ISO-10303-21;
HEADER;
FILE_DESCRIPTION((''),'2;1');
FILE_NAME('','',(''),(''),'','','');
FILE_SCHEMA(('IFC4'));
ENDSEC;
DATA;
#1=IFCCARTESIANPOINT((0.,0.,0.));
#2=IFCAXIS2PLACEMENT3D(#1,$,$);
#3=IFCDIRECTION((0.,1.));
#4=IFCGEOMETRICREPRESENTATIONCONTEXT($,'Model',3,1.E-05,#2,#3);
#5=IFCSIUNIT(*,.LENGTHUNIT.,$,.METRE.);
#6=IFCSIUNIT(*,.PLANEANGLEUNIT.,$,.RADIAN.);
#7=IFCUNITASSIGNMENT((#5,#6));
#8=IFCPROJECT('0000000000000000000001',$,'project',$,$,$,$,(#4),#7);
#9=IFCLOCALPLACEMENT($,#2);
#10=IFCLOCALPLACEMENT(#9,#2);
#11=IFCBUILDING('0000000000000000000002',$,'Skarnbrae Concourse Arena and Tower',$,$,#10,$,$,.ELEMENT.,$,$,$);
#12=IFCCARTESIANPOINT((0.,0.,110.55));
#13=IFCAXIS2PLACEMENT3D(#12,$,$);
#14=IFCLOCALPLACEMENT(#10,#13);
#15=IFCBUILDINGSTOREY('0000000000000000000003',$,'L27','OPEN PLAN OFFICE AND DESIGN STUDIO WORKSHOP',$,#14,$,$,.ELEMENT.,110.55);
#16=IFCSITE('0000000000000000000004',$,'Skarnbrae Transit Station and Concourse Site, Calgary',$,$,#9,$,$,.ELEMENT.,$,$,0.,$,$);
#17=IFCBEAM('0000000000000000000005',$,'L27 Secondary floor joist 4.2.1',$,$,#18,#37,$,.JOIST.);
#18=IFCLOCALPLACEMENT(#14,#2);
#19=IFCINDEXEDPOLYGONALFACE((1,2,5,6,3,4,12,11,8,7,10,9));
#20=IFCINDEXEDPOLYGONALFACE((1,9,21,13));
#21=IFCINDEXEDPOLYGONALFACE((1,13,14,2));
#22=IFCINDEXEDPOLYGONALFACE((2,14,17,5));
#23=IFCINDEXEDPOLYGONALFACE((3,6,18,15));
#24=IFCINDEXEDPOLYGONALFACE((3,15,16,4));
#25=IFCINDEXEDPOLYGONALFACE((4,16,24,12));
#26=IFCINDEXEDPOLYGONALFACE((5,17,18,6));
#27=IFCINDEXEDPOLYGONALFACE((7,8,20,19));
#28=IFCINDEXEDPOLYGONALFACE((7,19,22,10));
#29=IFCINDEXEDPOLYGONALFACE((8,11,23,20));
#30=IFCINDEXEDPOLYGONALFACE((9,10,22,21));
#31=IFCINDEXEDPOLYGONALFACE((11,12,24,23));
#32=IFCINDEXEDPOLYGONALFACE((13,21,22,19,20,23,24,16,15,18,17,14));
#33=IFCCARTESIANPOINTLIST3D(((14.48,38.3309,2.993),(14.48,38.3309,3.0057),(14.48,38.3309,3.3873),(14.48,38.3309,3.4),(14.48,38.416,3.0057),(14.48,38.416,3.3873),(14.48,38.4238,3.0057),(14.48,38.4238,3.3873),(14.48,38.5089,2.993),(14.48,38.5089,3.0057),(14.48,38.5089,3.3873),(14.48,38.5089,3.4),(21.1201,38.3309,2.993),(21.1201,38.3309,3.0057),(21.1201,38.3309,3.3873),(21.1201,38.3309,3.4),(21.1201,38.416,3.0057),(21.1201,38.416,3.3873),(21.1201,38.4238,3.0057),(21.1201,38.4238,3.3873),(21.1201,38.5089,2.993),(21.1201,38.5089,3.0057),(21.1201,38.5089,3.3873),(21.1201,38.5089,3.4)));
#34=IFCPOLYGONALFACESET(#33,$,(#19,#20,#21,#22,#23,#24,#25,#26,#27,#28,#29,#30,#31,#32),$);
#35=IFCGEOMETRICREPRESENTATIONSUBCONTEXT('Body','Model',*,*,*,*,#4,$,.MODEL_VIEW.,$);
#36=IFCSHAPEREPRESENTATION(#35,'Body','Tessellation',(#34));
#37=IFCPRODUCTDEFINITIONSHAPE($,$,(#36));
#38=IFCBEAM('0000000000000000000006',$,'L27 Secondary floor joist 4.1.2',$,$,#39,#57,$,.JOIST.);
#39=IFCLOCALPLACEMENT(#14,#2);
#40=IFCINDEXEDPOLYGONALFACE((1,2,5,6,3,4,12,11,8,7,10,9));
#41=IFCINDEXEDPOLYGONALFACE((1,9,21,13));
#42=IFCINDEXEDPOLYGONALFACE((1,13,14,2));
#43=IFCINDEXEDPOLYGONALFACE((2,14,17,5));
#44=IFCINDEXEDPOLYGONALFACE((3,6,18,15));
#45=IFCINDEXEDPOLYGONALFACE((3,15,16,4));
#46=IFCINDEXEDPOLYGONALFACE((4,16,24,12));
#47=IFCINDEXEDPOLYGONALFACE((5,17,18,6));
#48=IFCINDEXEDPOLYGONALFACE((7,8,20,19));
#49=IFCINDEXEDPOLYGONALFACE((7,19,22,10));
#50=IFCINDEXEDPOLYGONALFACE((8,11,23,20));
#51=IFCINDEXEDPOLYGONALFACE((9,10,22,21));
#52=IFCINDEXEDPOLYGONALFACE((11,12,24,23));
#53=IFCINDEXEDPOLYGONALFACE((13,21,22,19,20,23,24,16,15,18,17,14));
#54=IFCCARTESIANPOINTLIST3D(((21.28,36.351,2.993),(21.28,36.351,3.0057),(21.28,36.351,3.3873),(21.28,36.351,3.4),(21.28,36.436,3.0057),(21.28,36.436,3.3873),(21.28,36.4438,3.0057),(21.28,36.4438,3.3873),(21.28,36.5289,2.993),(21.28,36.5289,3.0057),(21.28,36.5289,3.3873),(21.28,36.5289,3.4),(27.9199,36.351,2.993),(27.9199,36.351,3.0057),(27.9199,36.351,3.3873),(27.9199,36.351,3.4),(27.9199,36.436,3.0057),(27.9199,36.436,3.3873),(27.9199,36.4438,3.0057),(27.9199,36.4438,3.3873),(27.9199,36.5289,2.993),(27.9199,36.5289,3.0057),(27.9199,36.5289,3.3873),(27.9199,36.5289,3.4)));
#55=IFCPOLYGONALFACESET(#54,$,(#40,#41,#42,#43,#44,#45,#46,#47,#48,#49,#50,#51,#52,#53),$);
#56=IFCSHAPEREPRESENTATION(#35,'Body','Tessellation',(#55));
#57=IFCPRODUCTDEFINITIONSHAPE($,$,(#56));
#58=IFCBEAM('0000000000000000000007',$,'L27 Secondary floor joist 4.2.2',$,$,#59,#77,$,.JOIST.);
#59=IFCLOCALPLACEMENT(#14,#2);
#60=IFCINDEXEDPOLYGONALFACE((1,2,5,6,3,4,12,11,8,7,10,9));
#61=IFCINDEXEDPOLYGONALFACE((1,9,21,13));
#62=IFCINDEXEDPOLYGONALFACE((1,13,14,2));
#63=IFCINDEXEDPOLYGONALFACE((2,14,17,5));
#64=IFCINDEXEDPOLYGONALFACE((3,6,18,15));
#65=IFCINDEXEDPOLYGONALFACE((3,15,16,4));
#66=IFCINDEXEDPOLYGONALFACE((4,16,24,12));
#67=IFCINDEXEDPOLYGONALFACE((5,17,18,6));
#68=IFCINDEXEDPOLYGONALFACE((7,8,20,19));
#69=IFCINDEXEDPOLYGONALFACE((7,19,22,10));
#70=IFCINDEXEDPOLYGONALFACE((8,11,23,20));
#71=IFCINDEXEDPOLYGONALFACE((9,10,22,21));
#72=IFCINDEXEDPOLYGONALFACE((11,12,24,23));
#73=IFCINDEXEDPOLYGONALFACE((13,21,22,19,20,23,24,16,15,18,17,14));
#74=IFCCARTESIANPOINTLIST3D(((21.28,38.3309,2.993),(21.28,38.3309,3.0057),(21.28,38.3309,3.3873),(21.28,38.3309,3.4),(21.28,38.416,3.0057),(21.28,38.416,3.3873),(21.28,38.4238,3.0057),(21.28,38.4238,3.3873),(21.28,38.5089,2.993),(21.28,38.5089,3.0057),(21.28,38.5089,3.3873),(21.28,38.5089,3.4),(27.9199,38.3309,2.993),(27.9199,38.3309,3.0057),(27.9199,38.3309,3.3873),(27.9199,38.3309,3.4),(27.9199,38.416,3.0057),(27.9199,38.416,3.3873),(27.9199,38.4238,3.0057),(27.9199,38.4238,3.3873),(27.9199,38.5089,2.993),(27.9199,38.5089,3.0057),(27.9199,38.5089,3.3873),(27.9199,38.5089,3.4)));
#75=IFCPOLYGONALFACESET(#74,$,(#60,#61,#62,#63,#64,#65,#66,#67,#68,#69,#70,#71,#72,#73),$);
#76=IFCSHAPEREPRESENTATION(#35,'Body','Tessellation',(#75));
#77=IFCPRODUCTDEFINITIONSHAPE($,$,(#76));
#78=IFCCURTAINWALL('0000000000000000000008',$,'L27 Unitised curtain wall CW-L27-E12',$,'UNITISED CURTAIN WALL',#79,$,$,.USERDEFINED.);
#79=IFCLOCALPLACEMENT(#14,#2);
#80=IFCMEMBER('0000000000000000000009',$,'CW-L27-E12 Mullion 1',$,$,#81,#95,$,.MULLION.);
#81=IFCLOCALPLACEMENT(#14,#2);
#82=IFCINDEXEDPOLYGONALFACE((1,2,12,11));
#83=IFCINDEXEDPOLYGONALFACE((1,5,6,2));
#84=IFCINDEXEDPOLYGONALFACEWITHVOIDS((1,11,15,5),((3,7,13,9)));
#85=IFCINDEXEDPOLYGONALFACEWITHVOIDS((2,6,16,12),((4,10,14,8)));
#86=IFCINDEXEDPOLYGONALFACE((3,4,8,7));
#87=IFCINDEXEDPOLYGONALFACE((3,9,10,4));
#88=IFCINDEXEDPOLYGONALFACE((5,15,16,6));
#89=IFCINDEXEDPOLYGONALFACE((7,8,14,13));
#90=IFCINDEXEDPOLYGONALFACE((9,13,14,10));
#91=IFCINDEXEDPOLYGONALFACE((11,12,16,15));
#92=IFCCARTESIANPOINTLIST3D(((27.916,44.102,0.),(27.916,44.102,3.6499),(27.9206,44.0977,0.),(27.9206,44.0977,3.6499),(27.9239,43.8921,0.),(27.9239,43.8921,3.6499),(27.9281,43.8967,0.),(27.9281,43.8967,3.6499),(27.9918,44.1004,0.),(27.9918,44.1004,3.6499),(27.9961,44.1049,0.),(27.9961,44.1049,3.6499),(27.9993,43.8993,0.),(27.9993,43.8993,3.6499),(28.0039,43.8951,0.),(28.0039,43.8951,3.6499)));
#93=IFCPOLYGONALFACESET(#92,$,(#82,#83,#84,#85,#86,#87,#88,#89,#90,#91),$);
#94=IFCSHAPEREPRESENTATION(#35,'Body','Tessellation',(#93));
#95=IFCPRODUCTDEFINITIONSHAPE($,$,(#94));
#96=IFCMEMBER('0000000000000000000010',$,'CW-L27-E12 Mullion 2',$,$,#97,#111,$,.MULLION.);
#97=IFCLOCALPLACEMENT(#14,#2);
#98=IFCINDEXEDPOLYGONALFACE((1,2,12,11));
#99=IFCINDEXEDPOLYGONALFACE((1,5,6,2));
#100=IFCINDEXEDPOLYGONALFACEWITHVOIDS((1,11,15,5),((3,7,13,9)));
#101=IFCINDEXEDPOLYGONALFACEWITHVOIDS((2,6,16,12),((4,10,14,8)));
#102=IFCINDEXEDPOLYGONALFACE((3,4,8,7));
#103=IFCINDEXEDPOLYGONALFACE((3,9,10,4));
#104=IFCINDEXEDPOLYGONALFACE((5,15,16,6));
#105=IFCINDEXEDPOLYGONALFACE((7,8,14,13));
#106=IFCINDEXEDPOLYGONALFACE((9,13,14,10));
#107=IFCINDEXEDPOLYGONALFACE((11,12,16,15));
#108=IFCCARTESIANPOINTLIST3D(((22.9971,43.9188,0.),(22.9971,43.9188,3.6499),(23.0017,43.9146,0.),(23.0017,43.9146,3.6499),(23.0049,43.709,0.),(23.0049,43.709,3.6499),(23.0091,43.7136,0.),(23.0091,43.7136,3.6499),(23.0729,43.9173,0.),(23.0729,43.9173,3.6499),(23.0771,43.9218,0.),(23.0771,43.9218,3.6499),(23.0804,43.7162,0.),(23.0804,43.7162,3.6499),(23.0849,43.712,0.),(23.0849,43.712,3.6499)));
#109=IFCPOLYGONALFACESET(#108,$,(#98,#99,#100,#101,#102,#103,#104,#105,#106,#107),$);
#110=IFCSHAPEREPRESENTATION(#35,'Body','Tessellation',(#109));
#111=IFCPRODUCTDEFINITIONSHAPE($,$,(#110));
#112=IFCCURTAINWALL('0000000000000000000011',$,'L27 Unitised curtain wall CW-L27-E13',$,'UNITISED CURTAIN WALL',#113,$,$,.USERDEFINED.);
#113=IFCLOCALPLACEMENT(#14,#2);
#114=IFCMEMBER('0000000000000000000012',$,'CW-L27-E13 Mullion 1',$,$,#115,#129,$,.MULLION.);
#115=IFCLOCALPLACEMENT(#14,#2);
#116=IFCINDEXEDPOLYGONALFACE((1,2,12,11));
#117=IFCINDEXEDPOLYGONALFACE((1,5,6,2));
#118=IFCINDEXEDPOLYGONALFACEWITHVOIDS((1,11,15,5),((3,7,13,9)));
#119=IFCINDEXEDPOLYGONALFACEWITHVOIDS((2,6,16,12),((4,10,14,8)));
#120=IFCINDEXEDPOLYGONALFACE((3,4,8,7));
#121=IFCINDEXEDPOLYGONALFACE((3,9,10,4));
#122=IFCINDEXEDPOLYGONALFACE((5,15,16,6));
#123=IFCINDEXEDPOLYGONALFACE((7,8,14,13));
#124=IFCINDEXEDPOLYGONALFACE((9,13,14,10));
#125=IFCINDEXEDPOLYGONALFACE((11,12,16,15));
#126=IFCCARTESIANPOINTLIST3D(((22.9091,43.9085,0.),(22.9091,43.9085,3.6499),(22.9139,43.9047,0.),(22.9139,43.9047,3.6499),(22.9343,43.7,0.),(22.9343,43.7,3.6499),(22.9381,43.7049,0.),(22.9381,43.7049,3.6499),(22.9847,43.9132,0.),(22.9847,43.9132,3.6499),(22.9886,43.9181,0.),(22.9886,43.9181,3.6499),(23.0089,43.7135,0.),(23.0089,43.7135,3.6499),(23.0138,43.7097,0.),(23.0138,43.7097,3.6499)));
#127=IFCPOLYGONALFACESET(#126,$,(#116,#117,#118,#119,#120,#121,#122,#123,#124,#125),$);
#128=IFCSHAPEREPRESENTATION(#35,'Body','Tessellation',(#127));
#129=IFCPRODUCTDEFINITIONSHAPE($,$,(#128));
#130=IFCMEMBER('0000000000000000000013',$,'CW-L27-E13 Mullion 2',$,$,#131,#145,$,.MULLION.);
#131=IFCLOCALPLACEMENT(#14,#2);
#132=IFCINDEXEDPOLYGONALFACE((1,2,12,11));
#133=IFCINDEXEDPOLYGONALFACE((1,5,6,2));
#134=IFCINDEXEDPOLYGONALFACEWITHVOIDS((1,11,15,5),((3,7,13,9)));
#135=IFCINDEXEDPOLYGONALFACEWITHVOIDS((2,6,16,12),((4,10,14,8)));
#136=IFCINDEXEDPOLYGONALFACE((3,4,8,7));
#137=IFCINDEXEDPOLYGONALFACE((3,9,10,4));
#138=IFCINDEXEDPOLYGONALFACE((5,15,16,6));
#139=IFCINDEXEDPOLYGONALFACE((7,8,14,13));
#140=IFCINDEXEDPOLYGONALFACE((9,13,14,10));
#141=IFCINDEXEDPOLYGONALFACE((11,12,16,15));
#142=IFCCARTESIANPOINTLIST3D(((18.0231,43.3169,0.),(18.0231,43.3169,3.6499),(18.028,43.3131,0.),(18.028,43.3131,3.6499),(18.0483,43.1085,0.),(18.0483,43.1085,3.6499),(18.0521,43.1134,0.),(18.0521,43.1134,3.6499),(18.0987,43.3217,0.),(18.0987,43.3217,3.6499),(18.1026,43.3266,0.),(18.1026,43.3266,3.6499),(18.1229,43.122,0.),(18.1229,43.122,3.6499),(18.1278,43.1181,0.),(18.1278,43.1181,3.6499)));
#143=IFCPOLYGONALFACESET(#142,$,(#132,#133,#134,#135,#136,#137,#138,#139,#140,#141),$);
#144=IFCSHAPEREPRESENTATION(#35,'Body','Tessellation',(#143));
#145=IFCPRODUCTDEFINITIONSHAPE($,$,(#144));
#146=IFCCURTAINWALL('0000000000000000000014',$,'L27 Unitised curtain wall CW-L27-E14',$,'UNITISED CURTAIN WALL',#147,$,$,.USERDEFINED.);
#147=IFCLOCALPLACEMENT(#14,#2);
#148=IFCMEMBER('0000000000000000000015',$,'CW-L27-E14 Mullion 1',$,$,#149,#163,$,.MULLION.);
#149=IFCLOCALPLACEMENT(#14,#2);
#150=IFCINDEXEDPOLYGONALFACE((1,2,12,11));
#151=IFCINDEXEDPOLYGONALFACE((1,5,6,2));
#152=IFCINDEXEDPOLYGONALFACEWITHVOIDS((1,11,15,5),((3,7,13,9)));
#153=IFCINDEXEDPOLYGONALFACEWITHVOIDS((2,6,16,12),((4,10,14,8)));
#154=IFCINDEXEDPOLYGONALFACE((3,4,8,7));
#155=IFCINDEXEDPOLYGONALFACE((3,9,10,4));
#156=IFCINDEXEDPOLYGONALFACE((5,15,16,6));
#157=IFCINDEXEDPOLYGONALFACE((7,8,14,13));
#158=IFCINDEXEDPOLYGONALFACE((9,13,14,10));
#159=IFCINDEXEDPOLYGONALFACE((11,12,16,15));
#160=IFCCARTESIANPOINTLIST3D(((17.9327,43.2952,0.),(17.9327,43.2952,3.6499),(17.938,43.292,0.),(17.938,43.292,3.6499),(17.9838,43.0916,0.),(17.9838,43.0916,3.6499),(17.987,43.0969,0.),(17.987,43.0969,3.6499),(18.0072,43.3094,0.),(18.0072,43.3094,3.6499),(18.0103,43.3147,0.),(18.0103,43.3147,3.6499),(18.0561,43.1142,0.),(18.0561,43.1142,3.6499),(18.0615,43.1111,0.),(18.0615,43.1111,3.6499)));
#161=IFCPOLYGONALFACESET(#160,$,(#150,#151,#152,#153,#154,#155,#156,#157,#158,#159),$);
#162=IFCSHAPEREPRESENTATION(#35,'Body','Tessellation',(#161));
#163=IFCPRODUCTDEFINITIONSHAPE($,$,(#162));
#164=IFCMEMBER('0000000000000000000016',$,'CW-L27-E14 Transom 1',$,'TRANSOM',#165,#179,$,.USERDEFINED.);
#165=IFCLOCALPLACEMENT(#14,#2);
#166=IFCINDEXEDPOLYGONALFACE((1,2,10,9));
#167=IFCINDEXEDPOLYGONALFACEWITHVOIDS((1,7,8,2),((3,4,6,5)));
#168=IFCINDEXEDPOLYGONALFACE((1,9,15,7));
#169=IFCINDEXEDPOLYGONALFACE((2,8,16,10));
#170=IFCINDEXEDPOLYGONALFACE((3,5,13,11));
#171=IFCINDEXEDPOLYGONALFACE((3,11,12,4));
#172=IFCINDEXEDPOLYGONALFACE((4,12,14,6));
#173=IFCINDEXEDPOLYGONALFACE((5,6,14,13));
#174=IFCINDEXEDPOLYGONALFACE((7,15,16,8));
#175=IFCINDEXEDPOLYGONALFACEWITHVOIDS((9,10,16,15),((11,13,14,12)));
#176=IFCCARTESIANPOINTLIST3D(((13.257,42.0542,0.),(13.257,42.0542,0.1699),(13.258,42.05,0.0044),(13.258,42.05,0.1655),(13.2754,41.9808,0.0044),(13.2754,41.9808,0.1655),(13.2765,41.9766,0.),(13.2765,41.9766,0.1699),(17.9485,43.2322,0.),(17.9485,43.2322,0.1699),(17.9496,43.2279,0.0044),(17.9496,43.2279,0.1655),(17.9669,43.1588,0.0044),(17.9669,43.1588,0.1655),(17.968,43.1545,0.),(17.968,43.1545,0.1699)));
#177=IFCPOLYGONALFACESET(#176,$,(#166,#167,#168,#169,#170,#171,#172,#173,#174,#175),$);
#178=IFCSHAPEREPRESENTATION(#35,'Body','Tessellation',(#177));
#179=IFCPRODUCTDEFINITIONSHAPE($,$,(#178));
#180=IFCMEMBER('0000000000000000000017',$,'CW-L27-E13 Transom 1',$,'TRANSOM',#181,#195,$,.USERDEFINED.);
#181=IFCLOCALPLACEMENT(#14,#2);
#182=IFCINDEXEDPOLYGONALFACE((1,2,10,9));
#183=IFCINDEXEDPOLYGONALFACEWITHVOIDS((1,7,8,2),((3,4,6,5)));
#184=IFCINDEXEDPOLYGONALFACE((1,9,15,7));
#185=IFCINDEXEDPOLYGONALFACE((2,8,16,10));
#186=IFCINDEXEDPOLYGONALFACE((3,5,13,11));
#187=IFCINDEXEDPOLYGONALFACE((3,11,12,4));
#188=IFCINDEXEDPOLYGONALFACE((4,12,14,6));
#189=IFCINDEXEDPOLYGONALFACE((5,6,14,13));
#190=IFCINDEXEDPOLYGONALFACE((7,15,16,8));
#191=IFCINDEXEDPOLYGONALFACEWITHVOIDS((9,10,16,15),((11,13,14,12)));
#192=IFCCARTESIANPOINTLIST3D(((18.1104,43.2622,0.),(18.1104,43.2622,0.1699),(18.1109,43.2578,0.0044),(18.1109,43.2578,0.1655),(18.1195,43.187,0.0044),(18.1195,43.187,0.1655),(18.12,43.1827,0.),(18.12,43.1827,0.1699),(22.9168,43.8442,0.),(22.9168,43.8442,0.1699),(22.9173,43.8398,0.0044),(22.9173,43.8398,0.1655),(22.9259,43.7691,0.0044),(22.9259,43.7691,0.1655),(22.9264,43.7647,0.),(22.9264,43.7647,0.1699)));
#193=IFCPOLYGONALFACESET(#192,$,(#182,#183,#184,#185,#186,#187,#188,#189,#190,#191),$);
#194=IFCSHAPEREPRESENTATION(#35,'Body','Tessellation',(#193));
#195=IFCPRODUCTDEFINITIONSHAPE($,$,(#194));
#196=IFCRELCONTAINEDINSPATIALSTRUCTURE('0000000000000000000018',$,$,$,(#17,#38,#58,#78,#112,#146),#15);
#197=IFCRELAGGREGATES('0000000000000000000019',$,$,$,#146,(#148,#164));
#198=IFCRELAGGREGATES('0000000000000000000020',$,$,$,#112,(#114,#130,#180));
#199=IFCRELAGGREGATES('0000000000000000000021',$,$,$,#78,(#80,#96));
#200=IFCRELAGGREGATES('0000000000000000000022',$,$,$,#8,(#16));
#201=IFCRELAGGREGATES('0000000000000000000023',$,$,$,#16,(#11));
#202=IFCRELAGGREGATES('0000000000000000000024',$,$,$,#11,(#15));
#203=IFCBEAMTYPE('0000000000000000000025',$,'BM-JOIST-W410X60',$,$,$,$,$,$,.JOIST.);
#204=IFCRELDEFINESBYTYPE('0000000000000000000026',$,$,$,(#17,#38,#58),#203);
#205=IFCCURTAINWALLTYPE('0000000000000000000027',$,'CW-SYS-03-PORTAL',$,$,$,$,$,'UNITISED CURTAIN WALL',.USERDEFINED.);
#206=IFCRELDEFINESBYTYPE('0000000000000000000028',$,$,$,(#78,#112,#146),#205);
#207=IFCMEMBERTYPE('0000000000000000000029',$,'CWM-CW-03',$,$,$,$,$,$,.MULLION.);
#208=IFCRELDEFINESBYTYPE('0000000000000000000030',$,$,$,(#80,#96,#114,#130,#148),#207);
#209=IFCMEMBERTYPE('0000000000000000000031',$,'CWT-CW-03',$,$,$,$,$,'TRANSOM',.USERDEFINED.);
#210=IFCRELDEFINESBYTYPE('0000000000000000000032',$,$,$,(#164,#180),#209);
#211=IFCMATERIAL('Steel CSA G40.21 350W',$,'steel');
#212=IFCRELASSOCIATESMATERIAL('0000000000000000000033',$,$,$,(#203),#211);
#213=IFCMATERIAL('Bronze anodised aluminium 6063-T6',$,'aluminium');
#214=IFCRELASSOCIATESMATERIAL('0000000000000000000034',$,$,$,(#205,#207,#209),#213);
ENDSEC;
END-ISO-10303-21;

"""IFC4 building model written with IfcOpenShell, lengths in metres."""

from ifc_helpers import new_model, si_unit, direction, frame, origin, origin_2d, place, context, subcontext, project, spatial, hollow_rectangle, i_section, extrude, source, transform, mapped, material, material_profile, profile_set, type_object, element, aggregate, save


model = new_model("IFC4")

# Units and contexts
model_context = context("Model", 3, precision=1e-05, world=origin(), true_north=direction((0.0, 1.0)))
body_context = subcontext(model_context, "Body", "Model", "MODEL_VIEW")
ifc_project = project(units=[si_unit("LENGTHUNIT", "METRE"), si_unit("PLANEANGLEUNIT", "RADIAN")], contexts=[model_context])

# Site, building, storey
site_placement = place(None, origin())
site = spatial("IfcSite", under=ifc_project, at=site_placement, Name="Skarnbrae Transit Station and Concourse Site, Calgary", CompositionType="ELEMENT", RefElevation=0.0)
building_placement = place(site_placement, origin())
building = spatial("IfcBuilding", under=site, at=building_placement, Name="Skarnbrae Concourse Arena and Tower", CompositionType="ELEMENT")
storey_placement = place(building_placement, frame((0.0, 0.0, 110.55)))
storey = spatial("IfcBuildingStorey", under=building, at=storey_placement, Name="L27", Description="OPEN PLAN OFFICE AND DESIGN STUDIO WORKSHOP", CompositionType="ELEMENT", Elevation=110.55)

# Shared definitions
ifc_material_1 = material(Name="Steel CSA G40.21 350W", Category="steel")

# Beams
ifc_material_profile_1 = material_profile(ifc_material_1, i_section(OverallWidth=0.178, OverallDepth=0.407, WebThickness=0.0078, FlangeThickness=0.0127, at=origin_2d()), Name="W410X60")
ifc_profile_set_1 = profile_set([ifc_material_profile_1], Name="Steel CSA G40.21 350W")
beam_type_1 = type_object("IfcBeamType", Name="BM-JOIST-W410X60", PredefinedType="JOIST", material=ifc_profile_set_1)
shared_shape_1 = source(origin(), body_context, "Body", "SweptSolid", [
    extrude(i_section(OverallWidth=0.178, OverallDepth=0.407, WebThickness=0.0078, FlangeThickness=0.0127, at=origin_2d()), origin(), (0.0, 0.0, 1.0), 6.6401),
])
for number, where, z_axis, x_axis, name in (
    (1, (14.48, 38.4199, 3.1965), (1.0, 0.0, 0.0), (0.0, 1.0, 0.0), "L27 Secondary floor joist 4.2.1"),
):
    element("IfcBeam", number, at=place(storey_placement, frame(where, z_axis=z_axis, x_axis=x_axis)), inside=storey, type_object=beam_type_1, Name=name, PredefinedType="JOIST", context=body_context, shape_type="MappedRepresentation", body=[
        mapped(shared_shape_1, transform((0.0, 0.0, 0.0))),
    ])
shared_shape_2 = source(origin(), body_context, "Body", "SweptSolid", [
    extrude(i_section(OverallWidth=0.178, OverallDepth=0.407, WebThickness=0.0078, FlangeThickness=0.0127, at=origin_2d()), origin(), (0.0, 0.0, 1.0), 6.6399),
])
for number, where, z_axis, x_axis, name in (
    (2, (21.28, 36.4399, 3.1965), (1.0, 0.0, 0.0), (0.0, 1.0, 0.0), "L27 Secondary floor joist 4.1.2"),
    (3, (21.28, 38.4199, 3.1965), (1.0, 0.0, 0.0), (0.0, 1.0, 0.0), "L27 Secondary floor joist 4.2.2"),
):
    element("IfcBeam", number, at=place(storey_placement, frame(where, z_axis=z_axis, x_axis=x_axis)), inside=storey, type_object=beam_type_1, Name=name, PredefinedType="JOIST", context=body_context, shape_type="MappedRepresentation", body=[
        mapped(shared_shape_2, transform((0.0, 0.0, 0.0))),
    ])

# Curtain walls, members
ifc_material_2 = material(Name="Bronze anodised aluminium 6063-T6", Category="aluminium")
curtain_wall_type = type_object("IfcCurtainWallType", Name="CW-SYS-03-PORTAL", ElementType="UNITISED CURTAIN WALL", PredefinedType="USERDEFINED", material=ifc_material_2)
curtain_wall_1_placement = place(storey_placement, origin())
curtain_wall_1 = element("IfcCurtainWall", 4, at=curtain_wall_1_placement, inside=storey, type_object=curtain_wall_type, Name="L27 Unitised curtain wall CW-L27-E12", ObjectType="UNITISED CURTAIN WALL", PredefinedType="USERDEFINED")
ifc_material_profile_2 = material_profile(ifc_material_2, hollow_rectangle(XDim=0.0801, YDim=0.21, WallThickness=0.0044, at=origin_2d()), Name="ALU-MULL-80X210")
ifc_profile_set_2 = profile_set([ifc_material_profile_2], Name="Bronze anodised aluminium 6063-T6")
member_type_1 = type_object("IfcMemberType", Name="CWM-CW-03", PredefinedType="MULLION", material=ifc_profile_set_2)
shared_shape_3 = source(origin(), body_context, "Body", "SweptSolid", [
    extrude(hollow_rectangle(XDim=0.0801, YDim=0.21, WallThickness=0.0044, at=origin_2d()), origin(), (0.0, 0.0, 1.0), 3.6499),
])
member_1_placement = place(storey_placement, frame((27.96, 43.9985, 0.0), z_axis=(0.0, 0.0, 1.0), x_axis=(-0.999308, -0.037183, 0.0)))
member_1 = element("IfcMember", 5, at=member_1_placement, type_object=member_type_1, Name="CW-L27-E12 Mullion 1", PredefinedType="MULLION", context=body_context, shape_type="MappedRepresentation", body=[
    mapped(shared_shape_3, transform((0.0, 0.0, 0.0))),
])
member_2_placement = place(storey_placement, frame((23.041, 43.8154, 0.0), z_axis=(0.0, 0.0, 1.0), x_axis=(-0.999308, -0.037183, 0.0)))
member_2 = element("IfcMember", 6, at=member_2_placement, type_object=member_type_1, Name="CW-L27-E12 Mullion 2", PredefinedType="MULLION", context=body_context, shape_type="MappedRepresentation", body=[
    mapped(shared_shape_3, transform((0.0, 0.0, 0.0))),
])
curtain_wall_2_placement = place(storey_placement, origin())
curtain_wall_2 = element("IfcCurtainWall", 7, at=curtain_wall_2_placement, inside=storey, type_object=curtain_wall_type, Name="L27 Unitised curtain wall CW-L27-E13", ObjectType="UNITISED CURTAIN WALL", PredefinedType="USERDEFINED")
member_3_placement = place(storey_placement, frame((22.9614, 43.8091, 0.0), z_axis=(0.0, 0.0, 1.0), x_axis=(-0.992749, -0.120203, 0.0)))
member_3 = element("IfcMember", 8, at=member_3_placement, type_object=member_type_1, Name="CW-L27-E13 Mullion 1", PredefinedType="MULLION", context=body_context, shape_type="MappedRepresentation", body=[
    mapped(shared_shape_3, transform((0.0, 0.0, 0.0))),
])
member_4_placement = place(storey_placement, frame((18.0754, 43.2175, 0.0), z_axis=(0.0, 0.0, 1.0), x_axis=(-0.992749, -0.120203, 0.0)))
member_4 = element("IfcMember", 9, at=member_4_placement, type_object=member_type_1, Name="CW-L27-E13 Mullion 2", PredefinedType="MULLION", context=body_context, shape_type="MappedRepresentation", body=[
    mapped(shared_shape_3, transform((0.0, 0.0, 0.0))),
])
curtain_wall_3_placement = place(storey_placement, origin())
curtain_wall_3 = element("IfcCurtainWall", 10, at=curtain_wall_3_placement, inside=storey, type_object=curtain_wall_type, Name="L27 Unitised curtain wall CW-L27-E14", ObjectType="UNITISED CURTAIN WALL", PredefinedType="USERDEFINED")
member_5_placement = place(storey_placement, frame((17.9971, 43.2031, 0.0), z_axis=(0.0, 0.0, 1.0), x_axis=(-0.969903, -0.243491, 0.0)))
member_5 = element("IfcMember", 11, at=member_5_placement, type_object=member_type_1, Name="CW-L27-E14 Mullion 1", PredefinedType="MULLION", context=body_context, shape_type="MappedRepresentation", body=[
    mapped(shared_shape_3, transform((0.0, 0.0, 0.0))),
])
ifc_material_profile_3 = material_profile(ifc_material_2, hollow_rectangle(XDim=0.0801, YDim=0.1699, WallThickness=0.0044, at=origin_2d()), Name="ALU-TRAN-80X170")
ifc_profile_set_3 = profile_set([ifc_material_profile_3], Name="Bronze anodised aluminium 6063-T6")
member_type_2 = type_object("IfcMemberType", Name="CWT-CW-03", ElementType="TRANSOM", PredefinedType="USERDEFINED", material=ifc_profile_set_3)
shared_shape_4 = source(origin(), body_context, "Body", "SweptSolid", [
    extrude(hollow_rectangle(XDim=0.0801, YDim=0.1699, WallThickness=0.0044, at=origin_2d()), origin(), (0.0, 0.0, 1.0), 4.8372),
])
member_6_placement = place(storey_placement, frame((17.9583, 43.1934, 0.085), z_axis=(-0.969896, -0.243521, 0.0), x_axis=(0.243521, -0.969896, 0.0)))
member_6 = element("IfcMember", 12, at=member_6_placement, type_object=member_type_2, Name="CW-L27-E14 Transom 1", ObjectType="TRANSOM", PredefinedType="USERDEFINED", context=body_context, shape_type="MappedRepresentation", body=[
    mapped(shared_shape_4, transform((0.0, 0.0, 0.0))),
])

# Member
shared_shape_5 = source(origin(), body_context, "Body", "SweptSolid", [
    extrude(hollow_rectangle(XDim=0.0801, YDim=0.1699, WallThickness=0.0044, at=origin_2d()), origin(), (0.0, 0.0, 1.0), 4.8416),
])
member_7_placement = place(storey_placement, frame((22.9216, 43.8044, 0.085), z_axis=(-0.992748, -0.120217, 0.0), x_axis=(0.120217, -0.992748, 0.0)))
member_7 = element("IfcMember", 13, at=member_7_placement, type_object=member_type_2, Name="CW-L27-E13 Transom 1", ObjectType="TRANSOM", PredefinedType="USERDEFINED", context=body_context, shape_type="MappedRepresentation", body=[
    mapped(shared_shape_5, transform((0.0, 0.0, 0.0))),
])

aggregate(curtain_wall_3, [member_5, member_6])
aggregate(curtain_wall_2, [member_3, member_4, member_7])
aggregate(curtain_wall_1, [member_1, member_2])

save(model, "model.ifc")
